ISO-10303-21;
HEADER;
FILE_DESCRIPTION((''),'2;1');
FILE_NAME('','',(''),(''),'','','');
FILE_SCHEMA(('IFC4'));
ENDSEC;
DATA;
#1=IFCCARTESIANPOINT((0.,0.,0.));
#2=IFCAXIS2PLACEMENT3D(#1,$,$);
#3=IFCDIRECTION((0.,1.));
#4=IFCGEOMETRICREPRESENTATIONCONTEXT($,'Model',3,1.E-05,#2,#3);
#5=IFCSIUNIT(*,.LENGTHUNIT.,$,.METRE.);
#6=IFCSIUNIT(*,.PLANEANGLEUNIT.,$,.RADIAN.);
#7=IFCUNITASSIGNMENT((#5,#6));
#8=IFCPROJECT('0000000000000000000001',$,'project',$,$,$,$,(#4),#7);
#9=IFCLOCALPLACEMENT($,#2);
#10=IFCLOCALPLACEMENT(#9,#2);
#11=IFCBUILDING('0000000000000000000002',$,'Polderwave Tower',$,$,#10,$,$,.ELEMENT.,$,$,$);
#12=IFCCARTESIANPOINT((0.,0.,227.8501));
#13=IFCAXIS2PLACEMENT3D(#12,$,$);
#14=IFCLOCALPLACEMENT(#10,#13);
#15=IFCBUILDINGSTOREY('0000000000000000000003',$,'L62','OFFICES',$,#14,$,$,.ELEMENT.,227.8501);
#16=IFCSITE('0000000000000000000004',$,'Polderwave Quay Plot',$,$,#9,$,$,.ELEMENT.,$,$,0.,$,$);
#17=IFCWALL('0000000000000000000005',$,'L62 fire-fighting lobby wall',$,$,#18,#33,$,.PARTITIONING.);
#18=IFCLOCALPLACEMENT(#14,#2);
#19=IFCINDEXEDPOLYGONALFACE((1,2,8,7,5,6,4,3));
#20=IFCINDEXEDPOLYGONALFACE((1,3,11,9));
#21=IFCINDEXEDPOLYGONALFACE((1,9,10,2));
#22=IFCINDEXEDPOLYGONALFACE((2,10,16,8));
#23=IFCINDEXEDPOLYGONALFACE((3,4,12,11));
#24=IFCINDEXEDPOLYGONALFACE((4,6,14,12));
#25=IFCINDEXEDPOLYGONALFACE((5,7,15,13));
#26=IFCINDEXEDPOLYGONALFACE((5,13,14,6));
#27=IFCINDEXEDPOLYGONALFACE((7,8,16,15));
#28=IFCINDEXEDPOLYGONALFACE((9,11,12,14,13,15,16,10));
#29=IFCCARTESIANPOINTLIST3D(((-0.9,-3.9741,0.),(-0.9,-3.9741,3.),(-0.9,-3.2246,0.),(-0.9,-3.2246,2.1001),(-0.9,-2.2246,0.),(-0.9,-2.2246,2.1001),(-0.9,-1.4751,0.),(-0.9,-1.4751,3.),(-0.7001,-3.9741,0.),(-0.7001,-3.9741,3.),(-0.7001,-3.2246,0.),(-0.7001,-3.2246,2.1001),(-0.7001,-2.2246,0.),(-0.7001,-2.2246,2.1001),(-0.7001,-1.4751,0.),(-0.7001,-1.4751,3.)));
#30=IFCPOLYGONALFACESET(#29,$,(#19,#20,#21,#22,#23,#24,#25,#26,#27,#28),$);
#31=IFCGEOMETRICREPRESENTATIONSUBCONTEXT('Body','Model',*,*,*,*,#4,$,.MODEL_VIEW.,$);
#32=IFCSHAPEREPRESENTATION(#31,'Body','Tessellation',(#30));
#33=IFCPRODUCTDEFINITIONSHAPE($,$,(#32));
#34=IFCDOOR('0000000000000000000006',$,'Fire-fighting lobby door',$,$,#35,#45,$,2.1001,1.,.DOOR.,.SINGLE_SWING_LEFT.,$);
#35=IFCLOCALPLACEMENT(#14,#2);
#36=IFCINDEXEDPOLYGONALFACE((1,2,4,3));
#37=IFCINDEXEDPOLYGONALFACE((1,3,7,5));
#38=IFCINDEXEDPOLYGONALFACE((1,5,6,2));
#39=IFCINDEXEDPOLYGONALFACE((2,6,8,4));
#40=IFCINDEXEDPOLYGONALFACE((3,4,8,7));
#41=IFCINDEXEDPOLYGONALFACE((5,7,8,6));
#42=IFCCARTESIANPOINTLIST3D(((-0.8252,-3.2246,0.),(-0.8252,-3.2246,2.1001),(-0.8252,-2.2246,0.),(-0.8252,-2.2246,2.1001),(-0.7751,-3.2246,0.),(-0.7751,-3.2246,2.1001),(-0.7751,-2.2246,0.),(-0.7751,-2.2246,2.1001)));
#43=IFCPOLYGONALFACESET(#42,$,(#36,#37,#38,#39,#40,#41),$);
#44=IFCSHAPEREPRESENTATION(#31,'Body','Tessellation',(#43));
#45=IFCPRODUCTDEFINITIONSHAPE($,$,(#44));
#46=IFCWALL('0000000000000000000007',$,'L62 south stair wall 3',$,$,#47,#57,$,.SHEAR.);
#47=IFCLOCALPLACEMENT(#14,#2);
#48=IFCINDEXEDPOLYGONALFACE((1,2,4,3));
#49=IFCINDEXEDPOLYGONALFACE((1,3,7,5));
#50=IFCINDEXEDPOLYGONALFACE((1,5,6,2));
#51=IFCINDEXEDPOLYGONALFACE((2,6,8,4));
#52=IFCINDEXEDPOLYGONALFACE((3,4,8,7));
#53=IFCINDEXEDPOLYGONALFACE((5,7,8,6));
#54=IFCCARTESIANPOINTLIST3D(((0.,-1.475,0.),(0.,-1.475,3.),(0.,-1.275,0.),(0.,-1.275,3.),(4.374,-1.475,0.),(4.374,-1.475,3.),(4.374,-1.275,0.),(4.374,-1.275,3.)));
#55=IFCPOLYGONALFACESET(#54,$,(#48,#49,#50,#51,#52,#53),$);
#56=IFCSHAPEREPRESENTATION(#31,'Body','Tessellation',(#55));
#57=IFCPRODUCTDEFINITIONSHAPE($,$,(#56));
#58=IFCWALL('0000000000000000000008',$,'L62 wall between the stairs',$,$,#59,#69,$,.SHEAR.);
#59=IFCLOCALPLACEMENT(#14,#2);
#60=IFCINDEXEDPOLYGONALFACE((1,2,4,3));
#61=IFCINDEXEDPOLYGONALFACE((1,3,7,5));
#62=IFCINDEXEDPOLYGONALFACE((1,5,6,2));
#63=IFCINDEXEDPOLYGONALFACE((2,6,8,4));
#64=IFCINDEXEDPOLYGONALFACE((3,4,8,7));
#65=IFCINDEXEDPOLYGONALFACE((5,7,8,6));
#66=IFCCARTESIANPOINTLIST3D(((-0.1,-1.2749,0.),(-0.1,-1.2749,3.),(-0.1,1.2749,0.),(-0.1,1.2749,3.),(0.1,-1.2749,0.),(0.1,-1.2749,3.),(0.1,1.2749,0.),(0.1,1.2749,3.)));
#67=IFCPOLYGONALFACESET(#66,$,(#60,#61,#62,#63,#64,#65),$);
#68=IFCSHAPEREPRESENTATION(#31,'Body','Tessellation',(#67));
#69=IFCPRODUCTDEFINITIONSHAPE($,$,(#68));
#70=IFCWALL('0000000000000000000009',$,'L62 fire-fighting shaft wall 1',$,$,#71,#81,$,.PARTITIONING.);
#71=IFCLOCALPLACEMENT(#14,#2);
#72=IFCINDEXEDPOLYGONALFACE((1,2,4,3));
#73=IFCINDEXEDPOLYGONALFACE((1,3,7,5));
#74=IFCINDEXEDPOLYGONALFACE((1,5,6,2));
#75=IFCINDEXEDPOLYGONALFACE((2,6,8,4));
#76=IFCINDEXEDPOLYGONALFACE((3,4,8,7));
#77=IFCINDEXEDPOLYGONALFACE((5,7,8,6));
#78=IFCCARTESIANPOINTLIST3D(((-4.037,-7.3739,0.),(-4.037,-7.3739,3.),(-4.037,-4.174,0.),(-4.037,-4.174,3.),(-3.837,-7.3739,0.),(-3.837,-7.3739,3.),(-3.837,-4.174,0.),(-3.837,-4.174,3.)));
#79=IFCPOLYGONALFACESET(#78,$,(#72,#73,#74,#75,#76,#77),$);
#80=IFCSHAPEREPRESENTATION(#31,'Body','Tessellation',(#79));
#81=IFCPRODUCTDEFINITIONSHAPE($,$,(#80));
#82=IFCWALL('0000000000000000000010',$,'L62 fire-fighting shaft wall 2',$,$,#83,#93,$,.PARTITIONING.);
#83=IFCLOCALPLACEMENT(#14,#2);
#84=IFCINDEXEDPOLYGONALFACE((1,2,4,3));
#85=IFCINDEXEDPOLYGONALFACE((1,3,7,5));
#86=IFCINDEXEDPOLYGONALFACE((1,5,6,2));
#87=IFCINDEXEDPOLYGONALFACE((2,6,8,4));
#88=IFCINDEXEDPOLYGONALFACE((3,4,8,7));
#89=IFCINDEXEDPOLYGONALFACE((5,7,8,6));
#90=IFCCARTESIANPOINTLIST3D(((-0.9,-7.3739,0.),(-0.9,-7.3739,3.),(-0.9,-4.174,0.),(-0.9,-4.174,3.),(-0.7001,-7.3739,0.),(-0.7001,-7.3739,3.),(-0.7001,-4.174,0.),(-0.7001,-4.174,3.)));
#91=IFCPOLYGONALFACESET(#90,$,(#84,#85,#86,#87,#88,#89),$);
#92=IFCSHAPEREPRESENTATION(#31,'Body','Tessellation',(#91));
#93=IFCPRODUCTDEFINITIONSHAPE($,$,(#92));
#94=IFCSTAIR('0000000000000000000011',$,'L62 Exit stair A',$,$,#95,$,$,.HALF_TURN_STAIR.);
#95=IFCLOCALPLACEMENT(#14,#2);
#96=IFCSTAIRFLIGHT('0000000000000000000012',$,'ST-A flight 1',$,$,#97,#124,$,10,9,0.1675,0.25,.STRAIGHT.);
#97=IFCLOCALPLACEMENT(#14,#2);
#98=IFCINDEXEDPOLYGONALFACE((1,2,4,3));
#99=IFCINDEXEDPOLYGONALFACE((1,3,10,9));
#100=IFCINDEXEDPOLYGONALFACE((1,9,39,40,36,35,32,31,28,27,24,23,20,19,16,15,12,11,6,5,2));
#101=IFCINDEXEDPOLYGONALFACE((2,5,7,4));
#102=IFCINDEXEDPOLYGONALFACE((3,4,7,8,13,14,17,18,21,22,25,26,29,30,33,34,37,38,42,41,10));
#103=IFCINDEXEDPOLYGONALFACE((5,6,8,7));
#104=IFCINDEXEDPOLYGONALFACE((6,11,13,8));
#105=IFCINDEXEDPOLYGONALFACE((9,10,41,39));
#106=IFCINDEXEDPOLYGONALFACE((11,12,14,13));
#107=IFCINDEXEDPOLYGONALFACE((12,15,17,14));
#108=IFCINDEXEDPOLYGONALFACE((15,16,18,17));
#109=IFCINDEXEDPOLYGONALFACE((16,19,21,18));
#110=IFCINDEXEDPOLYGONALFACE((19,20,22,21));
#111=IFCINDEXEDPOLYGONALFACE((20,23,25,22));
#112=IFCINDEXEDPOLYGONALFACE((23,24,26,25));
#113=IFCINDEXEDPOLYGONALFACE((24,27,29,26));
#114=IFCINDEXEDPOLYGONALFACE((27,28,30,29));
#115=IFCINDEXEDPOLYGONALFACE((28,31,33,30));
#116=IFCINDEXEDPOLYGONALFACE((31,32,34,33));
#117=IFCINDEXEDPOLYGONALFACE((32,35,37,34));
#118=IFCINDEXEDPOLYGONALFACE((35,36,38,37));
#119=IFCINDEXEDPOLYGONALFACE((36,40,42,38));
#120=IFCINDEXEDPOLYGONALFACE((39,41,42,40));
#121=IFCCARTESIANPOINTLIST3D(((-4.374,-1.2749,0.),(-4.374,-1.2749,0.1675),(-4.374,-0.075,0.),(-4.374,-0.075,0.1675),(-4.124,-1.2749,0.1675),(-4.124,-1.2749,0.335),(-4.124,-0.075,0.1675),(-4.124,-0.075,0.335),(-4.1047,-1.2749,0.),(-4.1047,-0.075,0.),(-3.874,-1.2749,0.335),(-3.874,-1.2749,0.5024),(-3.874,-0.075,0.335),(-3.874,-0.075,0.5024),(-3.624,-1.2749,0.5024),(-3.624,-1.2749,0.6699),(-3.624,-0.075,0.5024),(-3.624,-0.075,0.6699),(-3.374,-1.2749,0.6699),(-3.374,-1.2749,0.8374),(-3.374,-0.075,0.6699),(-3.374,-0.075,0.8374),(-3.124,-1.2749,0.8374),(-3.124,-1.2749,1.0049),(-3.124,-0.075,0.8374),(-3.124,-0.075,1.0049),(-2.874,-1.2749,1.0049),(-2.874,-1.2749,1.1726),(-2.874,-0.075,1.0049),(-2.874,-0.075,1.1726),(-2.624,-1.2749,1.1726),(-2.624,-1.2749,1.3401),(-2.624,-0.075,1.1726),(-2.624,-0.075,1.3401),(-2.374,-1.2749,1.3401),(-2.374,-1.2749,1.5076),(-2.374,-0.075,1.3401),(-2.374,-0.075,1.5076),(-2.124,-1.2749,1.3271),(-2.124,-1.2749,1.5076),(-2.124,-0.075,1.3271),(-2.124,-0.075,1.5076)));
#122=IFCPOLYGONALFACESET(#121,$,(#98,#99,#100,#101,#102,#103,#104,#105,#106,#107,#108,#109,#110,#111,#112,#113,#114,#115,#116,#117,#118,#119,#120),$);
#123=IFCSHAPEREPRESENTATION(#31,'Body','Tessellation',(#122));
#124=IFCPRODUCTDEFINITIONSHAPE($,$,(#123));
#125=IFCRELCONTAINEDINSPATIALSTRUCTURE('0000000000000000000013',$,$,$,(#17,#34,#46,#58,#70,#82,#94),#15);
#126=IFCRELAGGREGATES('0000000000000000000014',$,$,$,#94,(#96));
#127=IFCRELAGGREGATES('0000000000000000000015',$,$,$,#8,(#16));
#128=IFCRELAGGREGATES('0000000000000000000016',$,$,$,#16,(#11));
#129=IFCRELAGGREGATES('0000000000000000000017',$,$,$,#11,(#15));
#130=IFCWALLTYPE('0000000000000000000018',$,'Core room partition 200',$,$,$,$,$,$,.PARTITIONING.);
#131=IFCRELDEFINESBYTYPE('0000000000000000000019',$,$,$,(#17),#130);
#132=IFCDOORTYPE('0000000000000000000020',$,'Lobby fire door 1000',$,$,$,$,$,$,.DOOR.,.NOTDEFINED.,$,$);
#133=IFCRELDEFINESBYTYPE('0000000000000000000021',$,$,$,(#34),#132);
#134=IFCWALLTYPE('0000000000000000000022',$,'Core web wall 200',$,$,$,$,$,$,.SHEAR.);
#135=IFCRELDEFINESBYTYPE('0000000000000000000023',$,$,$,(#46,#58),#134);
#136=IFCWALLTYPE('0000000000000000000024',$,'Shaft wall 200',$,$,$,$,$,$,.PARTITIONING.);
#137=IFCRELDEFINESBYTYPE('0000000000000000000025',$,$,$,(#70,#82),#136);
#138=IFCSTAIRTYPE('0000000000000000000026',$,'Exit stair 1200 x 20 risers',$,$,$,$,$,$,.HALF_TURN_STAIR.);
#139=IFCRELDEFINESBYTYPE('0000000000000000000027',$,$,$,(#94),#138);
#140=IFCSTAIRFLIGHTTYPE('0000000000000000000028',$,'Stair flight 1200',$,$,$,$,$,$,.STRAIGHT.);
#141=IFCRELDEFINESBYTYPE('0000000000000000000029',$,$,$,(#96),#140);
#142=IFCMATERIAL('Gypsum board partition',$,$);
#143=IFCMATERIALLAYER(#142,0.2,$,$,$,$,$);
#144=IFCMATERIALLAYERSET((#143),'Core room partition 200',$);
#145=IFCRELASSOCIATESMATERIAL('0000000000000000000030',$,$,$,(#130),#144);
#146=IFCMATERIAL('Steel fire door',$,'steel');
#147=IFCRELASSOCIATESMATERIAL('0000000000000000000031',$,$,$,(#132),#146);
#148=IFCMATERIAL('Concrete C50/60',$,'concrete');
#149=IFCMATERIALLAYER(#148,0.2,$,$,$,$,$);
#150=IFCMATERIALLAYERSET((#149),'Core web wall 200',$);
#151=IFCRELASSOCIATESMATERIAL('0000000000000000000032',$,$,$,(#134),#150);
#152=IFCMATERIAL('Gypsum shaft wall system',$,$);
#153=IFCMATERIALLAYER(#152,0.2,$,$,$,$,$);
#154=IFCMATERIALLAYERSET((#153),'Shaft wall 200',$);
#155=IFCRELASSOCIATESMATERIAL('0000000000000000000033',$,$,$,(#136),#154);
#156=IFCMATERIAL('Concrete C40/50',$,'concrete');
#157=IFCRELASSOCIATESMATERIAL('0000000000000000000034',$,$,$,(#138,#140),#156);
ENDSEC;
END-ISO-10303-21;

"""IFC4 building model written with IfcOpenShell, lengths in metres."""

from ifc_helpers import new_model, si_unit, direction, frame, frame_2d, origin, place, context, subcontext, project, spatial, polyline, rectangle, outline, extrude, material, layer, layer_set, type_object, element, fill, aggregate, save


model = new_model("IFC4")

# Units and contexts
model_context = context("Model", 3, precision=1e-05, world=origin(), true_north=direction((0.0, 1.0)))
body_context = subcontext(model_context, "Body", "Model", "MODEL_VIEW")
ifc_project = project(units=[si_unit("LENGTHUNIT", "METRE"), si_unit("PLANEANGLEUNIT", "RADIAN")], contexts=[model_context])

# Site, building, storey
site_placement = place(None, origin())
site = spatial("IfcSite", under=ifc_project, at=site_placement, Name="Polderwave Quay Plot", CompositionType="ELEMENT", RefElevation=0.0)
building_placement = place(site_placement, origin())
building = spatial("IfcBuilding", under=site, at=building_placement, Name="Polderwave Tower", CompositionType="ELEMENT")
storey_placement = place(building_placement, frame((0.0, 0.0, 227.8501)))
storey = spatial("IfcBuildingStorey", under=building, at=storey_placement, Name="L62", Description="OFFICES", CompositionType="ELEMENT", Elevation=227.8501)

# Wall, opening, door
ifc_material_1 = material(Name="Gypsum board partition")
ifc_layer_1 = layer(ifc_material_1, 0.2)
ifc_layer_set_1 = layer_set([ifc_layer_1], Name="Core room partition 200")
wall_type_1 = type_object("IfcWallType", Name="Core room partition 200", PredefinedType="PARTITIONING", material=ifc_layer_set_1)
wall_1_placement = place(storey_placement, frame((-0.8, -3.9741, 0.0), z_axis=(0.0, 0.0, 1.0), x_axis=(0.0, 1.0, 0.0)))
wall_1 = element("IfcWall", 1, at=wall_1_placement, inside=storey, type_object=wall_type_1, Name="L62 fire-fighting lobby wall", PredefinedType="PARTITIONING", context=body_context, shape_type="SweptSolid", body=[
    extrude(rectangle(XDim=2.499, YDim=0.2, at=frame_2d((1.2495, 0.0))), origin(), (0.0, 0.0, 1.0), 3.0),
])
opening_placement = place(wall_1_placement, frame((0.7495, 0.0, 0.0)))
opening = element("IfcOpeningElement", 2, at=opening_placement, cuts=wall_1, PredefinedType="OPENING", context=body_context, shape_type="SweptSolid", body=[
    extrude(rectangle(XDim=1.0, YDim=2.1001, at=frame_2d((0.5, 1.05))), frame((0.0, 0.1099, 0.0), z_axis=(0.0, -1.0, 0.0), x_axis=(1.0, 0.0, 0.0)), (0.0, 0.0, 1.0), 0.22),
])
ifc_material_2 = material(Name="Steel fire door", Category="steel")
door_type = type_object("IfcDoorType", Name="Lobby fire door 1000", OperationType="NOTDEFINED", PredefinedType="DOOR", material=ifc_material_2)
door_placement = place(opening_placement, frame((1.0, 0.0, 0.0), z_axis=(0.0, 0.0, 1.0), x_axis=(-1.0, 0.0, 0.0)))
door = element("IfcDoor", 3, at=door_placement, inside=storey, type_object=door_type, Name="Fire-fighting lobby door", OperationType="SINGLE_SWING_LEFT", OverallHeight=2.1001, OverallWidth=1.0, PredefinedType="DOOR", context=body_context, shape_type="SweptSolid", body=[
    extrude(rectangle(XDim=1.0, YDim=2.1001, at=frame_2d((0.5, 1.05))), frame((0.0, 0.0249, 0.0), z_axis=(0.0, -1.0, 0.0), x_axis=(1.0, 0.0, 0.0)), (0.0, 0.0, 1.0), 0.05),
])
fill(opening, door)

# Walls
ifc_material_3 = material(Name="Concrete C50/60", Category="concrete")
ifc_layer_2 = layer(ifc_material_3, 0.2)
ifc_layer_set_2 = layer_set([ifc_layer_2], Name="Core web wall 200")
wall_type_2 = type_object("IfcWallType", Name="Core web wall 200", PredefinedType="SHEAR", material=ifc_layer_set_2)
wall_2_placement = place(storey_placement, frame((0.0, -1.375, 0.0), z_axis=(0.0, 0.0, 1.0), x_axis=(1.0, 0.0, 0.0)))
element("IfcWall", 4, at=wall_2_placement, inside=storey, type_object=wall_type_2, Name="L62 south stair wall 3", PredefinedType="SHEAR", context=body_context, shape_type="SweptSolid", body=[
    extrude(rectangle(XDim=4.374, YDim=0.2, at=frame_2d((2.187, 0.0))), origin(), (0.0, 0.0, 1.0), 3.0),
])
wall_3_placement = place(storey_placement, frame((0.0, -1.2749, 0.0), z_axis=(0.0, 0.0, 1.0), x_axis=(0.0, 1.0, 0.0)))
element("IfcWall", 5, at=wall_3_placement, inside=storey, type_object=wall_type_2, Name="L62 wall between the stairs", PredefinedType="SHEAR", context=body_context, shape_type="SweptSolid", body=[
    extrude(rectangle(XDim=2.5498, YDim=0.2, at=frame_2d((1.2749, 0.0))), origin(), (0.0, 0.0, 1.0), 3.0),
])
ifc_material_4 = material(Name="Gypsum shaft wall system")
ifc_layer_3 = layer(ifc_material_4, 0.2)
ifc_layer_set_3 = layer_set([ifc_layer_3], Name="Shaft wall 200")
wall_type_3 = type_object("IfcWallType", Name="Shaft wall 200", PredefinedType="PARTITIONING", material=ifc_layer_set_3)
for number, where, z_axis, x_axis, name in (
    (6, (-3.937, -7.374, 0.0), (0.0, 0.0, 1.0), (0.0, 1.0, 0.0), "L62 fire-fighting shaft wall 1"),
    (7, (-0.8, -7.374, 0.0), (0.0, 0.0, 1.0), (0.0, 1.0, 0.0), "L62 fire-fighting shaft wall 2"),
):
    element("IfcWall", number, at=place(storey_placement, frame(where, z_axis=z_axis, x_axis=x_axis)), inside=storey, type_object=wall_type_3, Name=name, PredefinedType="PARTITIONING", context=body_context, shape_type="SweptSolid", body=[
        extrude(rectangle(XDim=3.2, YDim=0.2, at=frame_2d((1.6001, 0.0))), origin(), (0.0, 0.0, 1.0), 3.0),
    ])

# Stair, stair flight
ifc_material_5 = material(Name="Concrete C40/50", Category="concrete")
stair_type = type_object("IfcStairType", Name="Exit stair 1200 x 20 risers", PredefinedType="HALF_TURN_STAIR", material=ifc_material_5)
stair_placement = place(storey_placement, origin())
stair = element("IfcStair", 8, at=stair_placement, inside=storey, type_object=stair_type, Name="L62 Exit stair A", PredefinedType="HALF_TURN_STAIR")
stair_flight_type = type_object("IfcStairFlightType", Name="Stair flight 1200", PredefinedType="STRAIGHT", material=ifc_material_5)
stair_flight_placement = place(storey_placement, frame((-4.374, -0.675, 0.0), z_axis=(0.0, 0.0, 1.0), x_axis=(1.0, 0.0, 0.0)))
stair_flight = element("IfcStairFlight", 9, at=stair_flight_placement, type_object=stair_flight_type, Name="ST-A flight 1", NumberOfRisers=10, NumberOfTreads=9, PredefinedType="STRAIGHT", RiserHeight=0.1675, TreadLength=0.25, context=body_context, shape_type="SweptSolid", body=[
    extrude(outline(polyline([(0.0, 0.0), (0.0, 0.1675), (0.25, 0.1675), (0.25, 0.335), (0.5, 0.335), (0.5, 0.5024), (0.75, 0.5024), (0.75, 0.6699), (1.0, 0.6699), (1.0, 0.8374), (1.25, 0.8374), (1.25, 1.0049), (1.5, 1.0049), (1.5, 1.1726), (1.75, 1.1726), (1.75, 1.3401), (2.0, 1.3401), (2.0, 1.5076), (2.25, 1.5076), (2.25, 1.675), (2.25, 1.3271), (0.2693, 0.0), (0.0, 0.0)])), frame((0.0, 0.6001, 0.0), z_axis=(0.0, -1.0, 0.0), x_axis=(1.0, 0.0, 0.0)), (0.0, 0.0, 1.0), 1.2),
])
aggregate(stair, [stair_flight])

save(model, "model.ifc")
